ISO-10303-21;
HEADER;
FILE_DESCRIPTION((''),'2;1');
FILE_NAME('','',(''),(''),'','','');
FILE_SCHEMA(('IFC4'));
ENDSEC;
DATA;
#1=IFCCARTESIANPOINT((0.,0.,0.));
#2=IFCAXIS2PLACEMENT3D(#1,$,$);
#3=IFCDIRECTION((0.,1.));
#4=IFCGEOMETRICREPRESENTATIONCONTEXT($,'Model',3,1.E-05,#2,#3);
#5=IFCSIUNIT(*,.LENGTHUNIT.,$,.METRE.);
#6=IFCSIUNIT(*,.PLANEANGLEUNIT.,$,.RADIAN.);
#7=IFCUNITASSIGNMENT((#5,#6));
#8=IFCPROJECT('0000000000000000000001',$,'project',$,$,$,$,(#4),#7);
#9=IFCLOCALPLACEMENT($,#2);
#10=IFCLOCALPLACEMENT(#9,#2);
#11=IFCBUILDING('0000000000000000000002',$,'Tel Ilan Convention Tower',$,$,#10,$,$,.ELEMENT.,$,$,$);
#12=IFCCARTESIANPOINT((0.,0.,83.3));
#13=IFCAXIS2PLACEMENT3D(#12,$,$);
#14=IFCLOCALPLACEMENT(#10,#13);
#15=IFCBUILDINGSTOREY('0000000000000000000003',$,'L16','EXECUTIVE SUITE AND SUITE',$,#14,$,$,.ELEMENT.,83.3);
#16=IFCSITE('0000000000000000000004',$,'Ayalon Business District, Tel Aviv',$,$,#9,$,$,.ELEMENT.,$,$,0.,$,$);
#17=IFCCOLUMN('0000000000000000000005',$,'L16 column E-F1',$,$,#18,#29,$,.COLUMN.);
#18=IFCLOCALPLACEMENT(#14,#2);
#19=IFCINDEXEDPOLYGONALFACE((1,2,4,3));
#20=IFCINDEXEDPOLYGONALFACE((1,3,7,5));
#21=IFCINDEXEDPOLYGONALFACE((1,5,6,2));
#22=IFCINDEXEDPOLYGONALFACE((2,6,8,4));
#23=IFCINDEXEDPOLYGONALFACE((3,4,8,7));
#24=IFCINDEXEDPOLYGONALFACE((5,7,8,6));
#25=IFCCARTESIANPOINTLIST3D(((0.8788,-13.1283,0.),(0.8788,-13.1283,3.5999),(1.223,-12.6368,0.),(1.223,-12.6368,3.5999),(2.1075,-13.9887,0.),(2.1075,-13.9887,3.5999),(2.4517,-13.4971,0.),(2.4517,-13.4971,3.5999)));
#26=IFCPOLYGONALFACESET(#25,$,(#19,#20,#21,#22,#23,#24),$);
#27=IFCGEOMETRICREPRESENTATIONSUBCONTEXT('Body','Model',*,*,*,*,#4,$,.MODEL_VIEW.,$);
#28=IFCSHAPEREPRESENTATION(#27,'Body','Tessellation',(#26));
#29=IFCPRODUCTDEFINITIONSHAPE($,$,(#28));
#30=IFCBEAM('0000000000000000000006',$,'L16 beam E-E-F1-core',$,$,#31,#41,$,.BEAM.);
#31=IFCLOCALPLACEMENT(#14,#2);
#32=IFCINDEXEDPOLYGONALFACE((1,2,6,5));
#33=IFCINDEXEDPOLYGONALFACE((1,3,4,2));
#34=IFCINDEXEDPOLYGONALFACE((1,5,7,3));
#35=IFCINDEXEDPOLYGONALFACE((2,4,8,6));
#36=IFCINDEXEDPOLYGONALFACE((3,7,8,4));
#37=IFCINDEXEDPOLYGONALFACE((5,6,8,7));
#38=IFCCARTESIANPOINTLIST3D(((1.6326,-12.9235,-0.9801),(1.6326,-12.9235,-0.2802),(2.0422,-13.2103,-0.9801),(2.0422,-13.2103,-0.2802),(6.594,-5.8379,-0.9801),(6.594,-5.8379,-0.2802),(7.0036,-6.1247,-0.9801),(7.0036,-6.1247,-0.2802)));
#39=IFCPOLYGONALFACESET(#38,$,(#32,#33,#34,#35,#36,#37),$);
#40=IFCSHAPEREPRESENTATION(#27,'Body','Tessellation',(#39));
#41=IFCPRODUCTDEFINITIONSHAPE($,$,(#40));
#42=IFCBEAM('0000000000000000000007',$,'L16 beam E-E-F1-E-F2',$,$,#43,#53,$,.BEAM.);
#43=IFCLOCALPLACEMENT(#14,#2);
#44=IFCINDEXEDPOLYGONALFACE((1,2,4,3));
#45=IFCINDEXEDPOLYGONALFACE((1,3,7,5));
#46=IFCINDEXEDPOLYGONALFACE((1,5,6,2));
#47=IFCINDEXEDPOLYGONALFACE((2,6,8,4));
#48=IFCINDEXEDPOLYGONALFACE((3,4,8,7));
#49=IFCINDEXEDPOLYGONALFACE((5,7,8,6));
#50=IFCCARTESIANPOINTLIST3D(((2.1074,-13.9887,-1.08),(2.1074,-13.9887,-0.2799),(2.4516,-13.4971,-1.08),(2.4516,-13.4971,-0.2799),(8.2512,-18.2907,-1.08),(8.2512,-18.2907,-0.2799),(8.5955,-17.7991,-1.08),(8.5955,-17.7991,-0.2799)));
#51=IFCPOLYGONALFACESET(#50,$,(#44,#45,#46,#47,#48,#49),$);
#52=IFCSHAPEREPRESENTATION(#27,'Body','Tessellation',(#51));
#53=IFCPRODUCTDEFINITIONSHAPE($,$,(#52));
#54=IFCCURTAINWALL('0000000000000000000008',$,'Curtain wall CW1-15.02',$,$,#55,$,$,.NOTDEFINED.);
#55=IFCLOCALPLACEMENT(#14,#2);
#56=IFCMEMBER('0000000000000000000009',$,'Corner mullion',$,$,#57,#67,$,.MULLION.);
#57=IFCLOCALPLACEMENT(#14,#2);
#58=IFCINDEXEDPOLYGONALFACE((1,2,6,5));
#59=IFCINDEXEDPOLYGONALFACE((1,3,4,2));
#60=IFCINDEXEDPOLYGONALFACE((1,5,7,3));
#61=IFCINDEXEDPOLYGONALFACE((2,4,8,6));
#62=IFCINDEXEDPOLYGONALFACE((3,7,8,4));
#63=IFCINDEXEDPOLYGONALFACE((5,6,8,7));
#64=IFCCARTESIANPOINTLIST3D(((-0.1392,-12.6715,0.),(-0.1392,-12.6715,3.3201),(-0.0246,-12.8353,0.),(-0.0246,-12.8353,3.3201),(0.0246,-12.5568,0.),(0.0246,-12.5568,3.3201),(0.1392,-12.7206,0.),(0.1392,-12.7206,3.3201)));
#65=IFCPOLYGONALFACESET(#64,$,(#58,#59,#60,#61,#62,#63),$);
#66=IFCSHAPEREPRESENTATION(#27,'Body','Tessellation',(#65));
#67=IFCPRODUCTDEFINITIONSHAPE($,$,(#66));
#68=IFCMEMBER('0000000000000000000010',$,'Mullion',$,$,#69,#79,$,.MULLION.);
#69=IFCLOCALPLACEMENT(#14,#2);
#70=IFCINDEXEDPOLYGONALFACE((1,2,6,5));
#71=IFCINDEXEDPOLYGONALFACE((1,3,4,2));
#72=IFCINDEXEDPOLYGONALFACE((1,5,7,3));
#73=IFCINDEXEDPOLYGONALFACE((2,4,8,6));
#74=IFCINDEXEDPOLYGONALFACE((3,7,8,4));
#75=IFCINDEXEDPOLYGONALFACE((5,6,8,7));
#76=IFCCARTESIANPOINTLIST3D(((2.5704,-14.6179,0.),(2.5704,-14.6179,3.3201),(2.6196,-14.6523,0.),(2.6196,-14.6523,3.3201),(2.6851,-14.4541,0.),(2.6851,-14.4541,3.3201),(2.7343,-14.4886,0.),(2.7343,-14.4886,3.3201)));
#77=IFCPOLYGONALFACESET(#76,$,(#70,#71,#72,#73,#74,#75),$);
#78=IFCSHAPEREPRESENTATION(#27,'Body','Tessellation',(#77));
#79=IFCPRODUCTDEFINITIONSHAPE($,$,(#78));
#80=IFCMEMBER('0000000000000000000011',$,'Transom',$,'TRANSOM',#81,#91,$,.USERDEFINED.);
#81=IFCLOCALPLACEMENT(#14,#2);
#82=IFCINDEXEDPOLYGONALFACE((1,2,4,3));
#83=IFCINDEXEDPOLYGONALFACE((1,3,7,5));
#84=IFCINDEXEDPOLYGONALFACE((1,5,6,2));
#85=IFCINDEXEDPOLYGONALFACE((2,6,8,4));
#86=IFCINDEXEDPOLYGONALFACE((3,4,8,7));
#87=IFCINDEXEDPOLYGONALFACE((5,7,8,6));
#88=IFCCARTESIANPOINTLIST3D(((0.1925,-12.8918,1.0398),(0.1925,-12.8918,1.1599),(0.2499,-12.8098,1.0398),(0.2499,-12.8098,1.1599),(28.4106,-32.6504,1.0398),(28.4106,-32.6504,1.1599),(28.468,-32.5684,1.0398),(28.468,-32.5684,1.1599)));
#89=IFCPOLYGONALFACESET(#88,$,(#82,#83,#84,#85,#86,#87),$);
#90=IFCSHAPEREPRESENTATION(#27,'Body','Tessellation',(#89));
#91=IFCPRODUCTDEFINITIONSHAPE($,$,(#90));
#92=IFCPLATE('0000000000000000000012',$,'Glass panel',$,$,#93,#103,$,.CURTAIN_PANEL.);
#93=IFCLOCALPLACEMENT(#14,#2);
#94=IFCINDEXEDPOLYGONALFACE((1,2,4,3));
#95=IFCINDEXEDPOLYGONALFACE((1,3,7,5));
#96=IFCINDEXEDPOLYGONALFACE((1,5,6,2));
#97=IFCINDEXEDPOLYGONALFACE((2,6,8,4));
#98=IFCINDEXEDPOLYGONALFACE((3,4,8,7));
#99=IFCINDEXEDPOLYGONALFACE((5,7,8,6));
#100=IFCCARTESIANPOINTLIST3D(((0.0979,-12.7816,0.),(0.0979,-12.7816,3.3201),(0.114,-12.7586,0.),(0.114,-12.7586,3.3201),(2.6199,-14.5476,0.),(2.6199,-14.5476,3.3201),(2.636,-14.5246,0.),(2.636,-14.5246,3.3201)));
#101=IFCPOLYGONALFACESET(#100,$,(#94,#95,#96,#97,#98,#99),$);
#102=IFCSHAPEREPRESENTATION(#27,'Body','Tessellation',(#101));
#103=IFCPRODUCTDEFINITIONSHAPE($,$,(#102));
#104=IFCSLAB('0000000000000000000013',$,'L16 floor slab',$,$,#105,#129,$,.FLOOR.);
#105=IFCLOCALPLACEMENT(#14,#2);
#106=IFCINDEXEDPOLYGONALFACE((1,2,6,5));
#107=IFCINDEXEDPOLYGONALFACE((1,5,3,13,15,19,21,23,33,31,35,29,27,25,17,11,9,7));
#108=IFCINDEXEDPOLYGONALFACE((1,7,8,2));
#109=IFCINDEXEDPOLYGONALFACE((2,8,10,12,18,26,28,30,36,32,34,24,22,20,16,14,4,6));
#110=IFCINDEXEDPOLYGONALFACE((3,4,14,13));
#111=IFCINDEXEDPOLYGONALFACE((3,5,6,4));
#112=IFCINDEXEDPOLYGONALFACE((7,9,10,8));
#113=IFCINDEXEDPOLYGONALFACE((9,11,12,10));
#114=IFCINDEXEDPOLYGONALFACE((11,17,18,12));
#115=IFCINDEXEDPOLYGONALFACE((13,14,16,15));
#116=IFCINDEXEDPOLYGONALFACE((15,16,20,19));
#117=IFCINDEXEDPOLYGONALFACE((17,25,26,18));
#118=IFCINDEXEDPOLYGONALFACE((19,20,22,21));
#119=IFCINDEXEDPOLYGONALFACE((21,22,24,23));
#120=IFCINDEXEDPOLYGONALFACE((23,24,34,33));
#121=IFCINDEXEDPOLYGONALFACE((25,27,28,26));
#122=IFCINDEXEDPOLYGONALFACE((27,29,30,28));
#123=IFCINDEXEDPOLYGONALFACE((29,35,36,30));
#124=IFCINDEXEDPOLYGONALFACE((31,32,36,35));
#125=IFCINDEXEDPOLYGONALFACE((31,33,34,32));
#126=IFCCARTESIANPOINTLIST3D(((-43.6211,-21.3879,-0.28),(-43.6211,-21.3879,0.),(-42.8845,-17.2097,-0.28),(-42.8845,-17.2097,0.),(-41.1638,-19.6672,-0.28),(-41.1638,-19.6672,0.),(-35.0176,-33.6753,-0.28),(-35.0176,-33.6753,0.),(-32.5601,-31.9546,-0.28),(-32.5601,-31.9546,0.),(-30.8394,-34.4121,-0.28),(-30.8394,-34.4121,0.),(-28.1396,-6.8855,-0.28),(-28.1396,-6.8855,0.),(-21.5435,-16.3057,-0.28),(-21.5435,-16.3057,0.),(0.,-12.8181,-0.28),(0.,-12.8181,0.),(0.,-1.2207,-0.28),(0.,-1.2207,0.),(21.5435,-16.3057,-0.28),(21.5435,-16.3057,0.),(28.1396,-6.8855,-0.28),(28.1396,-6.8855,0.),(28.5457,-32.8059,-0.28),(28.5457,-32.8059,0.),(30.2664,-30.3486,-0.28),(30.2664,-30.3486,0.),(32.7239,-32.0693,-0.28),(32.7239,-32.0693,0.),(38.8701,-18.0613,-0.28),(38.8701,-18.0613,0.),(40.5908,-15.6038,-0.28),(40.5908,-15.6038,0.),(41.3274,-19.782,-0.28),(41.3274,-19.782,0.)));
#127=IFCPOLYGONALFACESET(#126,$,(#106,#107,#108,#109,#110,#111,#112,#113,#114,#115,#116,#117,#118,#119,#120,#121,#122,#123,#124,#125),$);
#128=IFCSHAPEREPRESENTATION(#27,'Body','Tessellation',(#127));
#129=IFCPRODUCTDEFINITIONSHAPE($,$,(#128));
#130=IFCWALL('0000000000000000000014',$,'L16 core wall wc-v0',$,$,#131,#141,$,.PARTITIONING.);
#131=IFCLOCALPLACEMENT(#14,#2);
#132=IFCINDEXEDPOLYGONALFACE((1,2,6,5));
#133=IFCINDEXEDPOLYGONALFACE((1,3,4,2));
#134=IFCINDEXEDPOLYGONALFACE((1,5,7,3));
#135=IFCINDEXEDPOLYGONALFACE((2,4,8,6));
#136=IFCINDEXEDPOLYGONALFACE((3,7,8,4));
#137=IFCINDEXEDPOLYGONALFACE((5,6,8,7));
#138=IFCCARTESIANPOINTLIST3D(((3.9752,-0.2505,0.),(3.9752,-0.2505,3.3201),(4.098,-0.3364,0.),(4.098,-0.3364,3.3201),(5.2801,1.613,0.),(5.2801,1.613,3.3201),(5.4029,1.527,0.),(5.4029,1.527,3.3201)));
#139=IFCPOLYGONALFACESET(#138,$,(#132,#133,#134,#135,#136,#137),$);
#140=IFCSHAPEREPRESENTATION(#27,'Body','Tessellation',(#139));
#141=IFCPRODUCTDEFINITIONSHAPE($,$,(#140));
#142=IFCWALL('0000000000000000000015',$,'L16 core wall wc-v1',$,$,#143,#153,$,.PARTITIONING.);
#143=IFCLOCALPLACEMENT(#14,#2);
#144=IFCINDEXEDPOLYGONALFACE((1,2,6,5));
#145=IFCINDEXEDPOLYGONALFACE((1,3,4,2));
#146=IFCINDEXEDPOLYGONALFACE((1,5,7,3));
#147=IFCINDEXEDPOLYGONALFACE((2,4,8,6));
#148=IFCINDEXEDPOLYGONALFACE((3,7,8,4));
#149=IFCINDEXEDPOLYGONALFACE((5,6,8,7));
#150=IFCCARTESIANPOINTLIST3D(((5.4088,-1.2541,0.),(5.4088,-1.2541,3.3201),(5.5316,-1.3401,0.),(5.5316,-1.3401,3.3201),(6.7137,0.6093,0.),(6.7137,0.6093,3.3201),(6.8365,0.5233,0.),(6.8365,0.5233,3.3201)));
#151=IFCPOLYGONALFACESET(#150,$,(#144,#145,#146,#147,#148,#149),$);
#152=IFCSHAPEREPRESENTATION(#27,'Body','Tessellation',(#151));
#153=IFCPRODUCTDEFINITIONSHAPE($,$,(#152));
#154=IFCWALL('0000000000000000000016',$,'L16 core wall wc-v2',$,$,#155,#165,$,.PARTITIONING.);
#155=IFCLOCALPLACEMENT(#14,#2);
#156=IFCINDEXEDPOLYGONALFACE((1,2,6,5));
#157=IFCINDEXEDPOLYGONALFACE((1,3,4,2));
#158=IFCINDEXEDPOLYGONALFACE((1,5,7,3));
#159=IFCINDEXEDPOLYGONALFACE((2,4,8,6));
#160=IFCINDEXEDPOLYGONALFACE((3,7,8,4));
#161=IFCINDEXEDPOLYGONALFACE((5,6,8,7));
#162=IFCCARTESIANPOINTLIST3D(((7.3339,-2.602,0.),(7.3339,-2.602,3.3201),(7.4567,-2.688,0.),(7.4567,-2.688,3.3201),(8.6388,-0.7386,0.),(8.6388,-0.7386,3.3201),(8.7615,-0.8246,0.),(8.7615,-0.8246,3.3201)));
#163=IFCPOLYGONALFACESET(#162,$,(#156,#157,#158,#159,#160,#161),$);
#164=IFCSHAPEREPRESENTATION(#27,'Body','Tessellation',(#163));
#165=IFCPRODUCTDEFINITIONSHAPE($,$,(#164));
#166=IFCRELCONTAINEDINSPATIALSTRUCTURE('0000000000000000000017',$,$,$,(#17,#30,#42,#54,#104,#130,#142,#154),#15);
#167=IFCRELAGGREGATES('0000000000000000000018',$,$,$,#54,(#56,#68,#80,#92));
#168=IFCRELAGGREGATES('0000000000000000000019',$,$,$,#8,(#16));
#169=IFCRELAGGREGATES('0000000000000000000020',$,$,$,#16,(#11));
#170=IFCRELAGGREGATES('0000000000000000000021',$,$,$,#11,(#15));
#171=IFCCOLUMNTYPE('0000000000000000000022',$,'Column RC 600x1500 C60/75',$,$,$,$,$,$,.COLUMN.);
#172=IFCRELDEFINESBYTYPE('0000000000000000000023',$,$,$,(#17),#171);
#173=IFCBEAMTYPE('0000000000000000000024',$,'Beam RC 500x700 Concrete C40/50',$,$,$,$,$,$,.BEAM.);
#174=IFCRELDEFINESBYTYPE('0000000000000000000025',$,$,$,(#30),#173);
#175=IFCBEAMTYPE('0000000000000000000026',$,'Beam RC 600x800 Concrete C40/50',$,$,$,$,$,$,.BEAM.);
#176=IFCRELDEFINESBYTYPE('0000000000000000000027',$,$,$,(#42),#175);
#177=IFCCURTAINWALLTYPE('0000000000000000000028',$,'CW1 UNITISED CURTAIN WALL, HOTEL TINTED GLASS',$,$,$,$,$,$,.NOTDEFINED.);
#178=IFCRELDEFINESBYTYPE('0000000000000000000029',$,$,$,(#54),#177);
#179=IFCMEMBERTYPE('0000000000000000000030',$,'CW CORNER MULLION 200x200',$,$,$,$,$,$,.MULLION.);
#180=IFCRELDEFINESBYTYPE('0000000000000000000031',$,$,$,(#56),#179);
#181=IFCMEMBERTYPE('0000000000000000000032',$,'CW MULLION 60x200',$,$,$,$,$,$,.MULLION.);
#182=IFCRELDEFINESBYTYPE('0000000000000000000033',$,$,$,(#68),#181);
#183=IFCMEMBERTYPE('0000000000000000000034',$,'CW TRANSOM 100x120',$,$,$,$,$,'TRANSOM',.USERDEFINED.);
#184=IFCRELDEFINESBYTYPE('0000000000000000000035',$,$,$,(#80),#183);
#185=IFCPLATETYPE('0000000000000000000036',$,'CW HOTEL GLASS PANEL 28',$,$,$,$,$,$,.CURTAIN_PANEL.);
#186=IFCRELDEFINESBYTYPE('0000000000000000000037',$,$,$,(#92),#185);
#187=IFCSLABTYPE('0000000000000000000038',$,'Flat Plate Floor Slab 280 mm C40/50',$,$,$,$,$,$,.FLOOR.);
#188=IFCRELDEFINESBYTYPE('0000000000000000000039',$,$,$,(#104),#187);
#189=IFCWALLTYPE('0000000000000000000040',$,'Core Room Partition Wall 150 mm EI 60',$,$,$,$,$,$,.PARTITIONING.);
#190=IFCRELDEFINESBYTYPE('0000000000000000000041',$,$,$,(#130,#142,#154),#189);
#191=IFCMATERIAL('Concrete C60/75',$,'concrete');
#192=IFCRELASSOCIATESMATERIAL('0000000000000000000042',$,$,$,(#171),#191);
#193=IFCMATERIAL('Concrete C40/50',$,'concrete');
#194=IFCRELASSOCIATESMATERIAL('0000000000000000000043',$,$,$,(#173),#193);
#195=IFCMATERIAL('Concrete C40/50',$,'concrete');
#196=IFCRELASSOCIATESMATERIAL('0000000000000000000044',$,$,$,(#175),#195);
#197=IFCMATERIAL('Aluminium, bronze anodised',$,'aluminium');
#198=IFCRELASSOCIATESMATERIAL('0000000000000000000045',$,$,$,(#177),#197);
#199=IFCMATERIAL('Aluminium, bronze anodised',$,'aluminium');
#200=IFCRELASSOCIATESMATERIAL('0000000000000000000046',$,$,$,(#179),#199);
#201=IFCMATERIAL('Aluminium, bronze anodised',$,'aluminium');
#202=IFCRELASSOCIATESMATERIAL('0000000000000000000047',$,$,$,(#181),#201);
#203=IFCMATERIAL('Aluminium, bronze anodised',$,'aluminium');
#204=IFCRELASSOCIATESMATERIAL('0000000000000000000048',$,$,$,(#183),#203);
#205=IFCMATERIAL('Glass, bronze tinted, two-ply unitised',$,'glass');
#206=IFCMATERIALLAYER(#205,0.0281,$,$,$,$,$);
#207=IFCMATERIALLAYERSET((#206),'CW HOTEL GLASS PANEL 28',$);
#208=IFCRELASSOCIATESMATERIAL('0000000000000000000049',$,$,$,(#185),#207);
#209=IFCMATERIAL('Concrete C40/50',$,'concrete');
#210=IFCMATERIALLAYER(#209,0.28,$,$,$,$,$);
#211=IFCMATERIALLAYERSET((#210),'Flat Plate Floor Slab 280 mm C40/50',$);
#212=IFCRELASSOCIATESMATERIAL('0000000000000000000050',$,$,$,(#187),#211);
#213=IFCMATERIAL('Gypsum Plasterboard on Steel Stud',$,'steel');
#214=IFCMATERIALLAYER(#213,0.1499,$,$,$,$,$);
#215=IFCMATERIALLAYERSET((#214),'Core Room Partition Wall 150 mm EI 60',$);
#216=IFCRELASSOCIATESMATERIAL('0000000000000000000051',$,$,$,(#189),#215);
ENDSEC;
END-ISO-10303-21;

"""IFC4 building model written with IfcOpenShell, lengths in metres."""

from ifc_helpers import new_model, si_unit, direction, frame, frame_2d, origin, origin_2d, place, context, subcontext, project, spatial, polyline, rectangle, outline, extrude, material, layer, layer_set, material_profile, profile_set, type_object, element, aggregate, save


model = new_model("IFC4")

# Units and contexts
model_context = context("Model", 3, precision=1e-05, world=origin(), true_north=direction((0.0, 1.0)))
body_context = subcontext(model_context, "Body", "Model", "MODEL_VIEW")
ifc_project = project(units=[si_unit("LENGTHUNIT", "METRE"), si_unit("PLANEANGLEUNIT", "RADIAN")], contexts=[model_context])

# Site, building, storey
site_placement = place(None, origin())
site = spatial("IfcSite", under=ifc_project, at=site_placement, Name="Ayalon Business District, Tel Aviv", CompositionType="ELEMENT", RefElevation=0.0)
building_placement = place(site_placement, origin())
building = spatial("IfcBuilding", under=site, at=building_placement, Name="Tel Ilan Convention Tower", CompositionType="ELEMENT")
storey_placement = place(building_placement, frame((0.0, 0.0, 83.3)))
storey = spatial("IfcBuildingStorey", under=building, at=storey_placement, Name="L16", Description="EXECUTIVE SUITE AND SUITE", CompositionType="ELEMENT", Elevation=83.3)

# Column
ifc_material_1 = material(Name="Concrete C60/75", Category="concrete")
ifc_material_profile_1 = material_profile(ifc_material_1, rectangle(XDim=1.5, YDim=0.6001, at=origin_2d()), Name="RC 600x1500")
ifc_profile_set_1 = profile_set([ifc_material_profile_1], Name="Concrete C60/75")
column_type = type_object("IfcColumnType", Name="Column RC 600x1500 C60/75", PredefinedType="COLUMN", material=ifc_profile_set_1)
column_placement = place(storey_placement, frame((1.6653, -13.3127, 0.0), z_axis=(0.0, 0.0, 1.0), x_axis=(0.819152, -0.573576, 0.0)))
element("IfcColumn", 1, at=column_placement, inside=storey, type_object=column_type, Name="L16 column E-F1", PredefinedType="COLUMN", context=body_context, shape_type="SweptSolid", body=[
    extrude(rectangle(XDim=1.5, YDim=0.6001, at=origin_2d()), origin(), (0.0, 0.0, 1.0), 3.5999),
])

# Beams
ifc_material_2 = material(Name="Concrete C40/50", Category="concrete")
ifc_material_profile_2 = material_profile(ifc_material_2, rectangle(XDim=0.5, YDim=0.7, at=origin_2d()), Name="RC 500x700")
ifc_profile_set_2 = profile_set([ifc_material_profile_2], Name="Concrete C40/50")
beam_type_1 = type_object("IfcBeamType", Name="Beam RC 500x700 Concrete C40/50", PredefinedType="BEAM", material=ifc_profile_set_2)
beam_1_placement = place(storey_placement, frame((1.8374, -13.0669, -0.6301), z_axis=(0.573574, 0.819154, 0.0), x_axis=(-0.819154, 0.573574, 0.0)))
element("IfcBeam", 2, at=beam_1_placement, inside=storey, type_object=beam_type_1, Name="L16 beam E-E-F1-core", PredefinedType="BEAM", context=body_context, shape_type="SweptSolid", body=[
    extrude(rectangle(XDim=0.5, YDim=0.7, at=origin_2d()), origin(), (0.0, 0.0, 1.0), 8.6499),
])
ifc_material_3 = material(Name="Concrete C40/50", Category="concrete")
ifc_material_profile_3 = material_profile(ifc_material_3, rectangle(XDim=0.6001, YDim=0.8, at=origin_2d()), Name="RC 600x800")
ifc_profile_set_3 = profile_set([ifc_material_profile_3], Name="Concrete C40/50")
beam_type_2 = type_object("IfcBeamType", Name="Beam RC 600x800 Concrete C40/50", PredefinedType="BEAM", material=ifc_profile_set_3)
beam_2_placement = place(storey_placement, frame((2.2795, -13.7429, -0.6799), z_axis=(0.819148, -0.573582, 0.0), x_axis=(0.573582, 0.819148, 0.0)))
element("IfcBeam", 3, at=beam_2_placement, inside=storey, type_object=beam_type_2, Name="L16 beam E-E-F1-E-F2", PredefinedType="BEAM", context=body_context, shape_type="SweptSolid", body=[
    extrude(rectangle(XDim=0.6001, YDim=0.8, at=origin_2d()), origin(), (0.0, 0.0, 1.0), 7.5002),
])

# Curtain wall, members, plate
ifc_material_4 = material(Name="Aluminium, bronze anodised", Category="aluminium")
curtain_wall_type = type_object("IfcCurtainWallType", Name="CW1 UNITISED CURTAIN WALL, HOTEL TINTED GLASS", PredefinedType="NOTDEFINED", material=ifc_material_4)
curtain_wall_placement = place(storey_placement, origin())
curtain_wall = element("IfcCurtainWall", 4, at=curtain_wall_placement, inside=storey, type_object=curtain_wall_type, Name="Curtain wall CW1-15.02", PredefinedType="NOTDEFINED")
ifc_material_5 = material(Name="Aluminium, bronze anodised", Category="aluminium")
ifc_material_profile_4 = material_profile(ifc_material_5, rectangle(XDim=0.2, YDim=0.2, at=origin_2d()), Name="CW CORNER MULLION 200x200")
ifc_profile_set_4 = profile_set([ifc_material_profile_4], Name="Aluminium, bronze anodised")
member_type_1 = type_object("IfcMemberType", Name="CW CORNER MULLION 200x200", PredefinedType="MULLION", material=ifc_profile_set_4)
member_1_placement = place(storey_placement, frame((0.0, -12.696, 0.0), z_axis=(0.0, 0.0, 1.0), x_axis=(0.819152, 0.573576, 0.0)))
member_1 = element("IfcMember", 5, at=member_1_placement, type_object=member_type_1, Name="Corner mullion", PredefinedType="MULLION", context=body_context, shape_type="SweptSolid", body=[
    extrude(rectangle(XDim=0.2, YDim=0.2, at=origin_2d()), origin(), (0.0, 0.0, 1.0), 3.3201),
])
ifc_material_6 = material(Name="Aluminium, bronze anodised", Category="aluminium")
ifc_material_profile_5 = material_profile(ifc_material_6, rectangle(XDim=0.0601, YDim=0.2, at=origin_2d()), Name="CW MULLION 60x200")
ifc_profile_set_5 = profile_set([ifc_material_profile_5], Name="Aluminium, bronze anodised")
member_type_2 = type_object("IfcMemberType", Name="CW MULLION 60x200", PredefinedType="MULLION", material=ifc_profile_set_5)
member_2_placement = place(storey_placement, frame((2.6523, -14.5532, 0.0), z_axis=(0.0, 0.0, 1.0), x_axis=(0.819152, -0.573576, 0.0)))
member_2 = element("IfcMember", 6, at=member_2_placement, type_object=member_type_2, Name="Mullion", PredefinedType="MULLION", context=body_context, shape_type="SweptSolid", body=[
    extrude(rectangle(XDim=0.0601, YDim=0.2, at=origin_2d()), origin(), (0.0, 0.0, 1.0), 3.3201),
])
ifc_material_7 = material(Name="Aluminium, bronze anodised", Category="aluminium")
ifc_material_profile_6 = material_profile(ifc_material_7, rectangle(XDim=0.1001, YDim=0.1201, at=origin_2d()), Name="CW TRANSOM 100x120")
ifc_profile_set_6 = profile_set([ifc_material_profile_6], Name="Aluminium, bronze anodised")
member_type_3 = type_object("IfcMemberType", Name="CW TRANSOM 100x120", ElementType="TRANSOM", PredefinedType="USERDEFINED", material=ifc_profile_set_6)
member_3_placement = place(storey_placement, frame((0.2212, -12.8508, 1.0999), z_axis=(0.819151, -0.573578, 0.0), x_axis=(0.573578, 0.819151, 0.0)))
member_3 = element("IfcMember", 7, at=member_3_placement, type_object=member_type_3, Name="Transom", ObjectType="TRANSOM", PredefinedType="USERDEFINED", context=body_context, shape_type="SweptSolid", body=[
    extrude(rectangle(XDim=0.1001, YDim=0.1201, at=origin_2d()), origin(), (0.0, 0.0, 1.0), 34.448),
])
ifc_material_8 = material(Name="Glass, bronze tinted, two-ply unitised", Category="glass")
ifc_layer_1 = layer(ifc_material_8, 0.0281)
ifc_layer_set_1 = layer_set([ifc_layer_1], Name="CW HOTEL GLASS PANEL 28")
plate_type = type_object("IfcPlateType", Name="CW HOTEL GLASS PANEL 28", PredefinedType="CURTAIN_PANEL", material=ifc_layer_set_1)
plate_placement = place(storey_placement, frame((1.3669, -13.6531, 0.0), z_axis=(0.0, 0.0, 1.0), x_axis=(0.819152, -0.573576, 0.0)))
plate = element("IfcPlate", 8, at=plate_placement, type_object=plate_type, Name="Glass panel", PredefinedType="CURTAIN_PANEL", context=body_context, shape_type="SweptSolid", body=[
    extrude(rectangle(XDim=3.0789, YDim=0.0281, at=origin_2d()), origin(), (0.0, 0.0, 1.0), 3.3201),
])
aggregate(curtain_wall, [member_1, member_2, member_3, plate])

# Slab
ifc_material_9 = material(Name="Concrete C40/50", Category="concrete")
ifc_layer_2 = layer(ifc_material_9, 0.28)
ifc_layer_set_2 = layer_set([ifc_layer_2], Name="Flat Plate Floor Slab 280 mm C40/50")
slab_type_1 = type_object("IfcSlabType", Name="Flat Plate Floor Slab 280 mm C40/50", PredefinedType="FLOOR", material=ifc_layer_set_2)
slab_1_placement = place(storey_placement, frame((0.0, 0.0, -0.28)))
element("IfcSlab", 9, at=slab_1_placement, inside=storey, type_object=slab_type_1, Name="L16 floor slab", PredefinedType="FLOOR", context=body_context, shape_type="SweptSolid", body=[
    extrude(outline(polyline([(21.5435, -16.3057), (28.1396, -6.8855), (40.5908, -15.6038), (38.8701, -18.0613), (41.3274, -19.782), (32.7239, -32.0693), (30.2664, -30.3486), (28.5457, -32.8059), (0.0, -12.8181), (-30.8394, -34.4121), (-32.5601, -31.9546), (-35.0176, -33.6753), (-43.6211, -21.3879), (-41.1638, -19.6672), (-42.8845, -17.2097), (-28.1396, -6.8855), (-21.5435, -16.3057), (0.0, -1.2207), (21.5435, -16.3057)])), origin(), (0.0, 0.0, 1.0), 0.28),
])

# Walls
ifc_material_10 = material(Name="Gypsum Plasterboard on Steel Stud", Category="steel")
ifc_layer_3 = layer(ifc_material_10, 0.1499)
ifc_layer_set_3 = layer_set([ifc_layer_3], Name="Core Room Partition Wall 150 mm EI 60")
wall_type_1 = type_object("IfcWallType", Name="Core Room Partition Wall 150 mm EI 60", PredefinedType="PARTITIONING", material=ifc_layer_set_3)
for number, where, z_axis, x_axis, name in (
    (10, (4.0366, -0.2935, 0.0), (0.0, 0.0, 1.0), (0.573599, 0.819136, 0.0), "L16 core wall wc-v0"),
    (11, (5.4702, -1.2971, 0.0), (0.0, 0.0, 1.0), (0.573599, 0.819136, 0.0), "L16 core wall wc-v1"),
    (12, (7.3953, -2.645, 0.0), (0.0, 0.0, 1.0), (0.573599, 0.819136, 0.0), "L16 core wall wc-v2"),
):
    element("IfcWall", number, at=place(storey_placement, frame(where, z_axis=z_axis, x_axis=x_axis)), inside=storey, type_object=wall_type_1, Name=name, PredefinedType="PARTITIONING", context=body_context, shape_type="SweptSolid", body=[
        extrude(rectangle(XDim=2.2749, YDim=0.1499, at=frame_2d((1.1375, 0.0))), origin(), (0.0, 0.0, 1.0), 3.3201),
    ])

save(model, "model.ifc")
